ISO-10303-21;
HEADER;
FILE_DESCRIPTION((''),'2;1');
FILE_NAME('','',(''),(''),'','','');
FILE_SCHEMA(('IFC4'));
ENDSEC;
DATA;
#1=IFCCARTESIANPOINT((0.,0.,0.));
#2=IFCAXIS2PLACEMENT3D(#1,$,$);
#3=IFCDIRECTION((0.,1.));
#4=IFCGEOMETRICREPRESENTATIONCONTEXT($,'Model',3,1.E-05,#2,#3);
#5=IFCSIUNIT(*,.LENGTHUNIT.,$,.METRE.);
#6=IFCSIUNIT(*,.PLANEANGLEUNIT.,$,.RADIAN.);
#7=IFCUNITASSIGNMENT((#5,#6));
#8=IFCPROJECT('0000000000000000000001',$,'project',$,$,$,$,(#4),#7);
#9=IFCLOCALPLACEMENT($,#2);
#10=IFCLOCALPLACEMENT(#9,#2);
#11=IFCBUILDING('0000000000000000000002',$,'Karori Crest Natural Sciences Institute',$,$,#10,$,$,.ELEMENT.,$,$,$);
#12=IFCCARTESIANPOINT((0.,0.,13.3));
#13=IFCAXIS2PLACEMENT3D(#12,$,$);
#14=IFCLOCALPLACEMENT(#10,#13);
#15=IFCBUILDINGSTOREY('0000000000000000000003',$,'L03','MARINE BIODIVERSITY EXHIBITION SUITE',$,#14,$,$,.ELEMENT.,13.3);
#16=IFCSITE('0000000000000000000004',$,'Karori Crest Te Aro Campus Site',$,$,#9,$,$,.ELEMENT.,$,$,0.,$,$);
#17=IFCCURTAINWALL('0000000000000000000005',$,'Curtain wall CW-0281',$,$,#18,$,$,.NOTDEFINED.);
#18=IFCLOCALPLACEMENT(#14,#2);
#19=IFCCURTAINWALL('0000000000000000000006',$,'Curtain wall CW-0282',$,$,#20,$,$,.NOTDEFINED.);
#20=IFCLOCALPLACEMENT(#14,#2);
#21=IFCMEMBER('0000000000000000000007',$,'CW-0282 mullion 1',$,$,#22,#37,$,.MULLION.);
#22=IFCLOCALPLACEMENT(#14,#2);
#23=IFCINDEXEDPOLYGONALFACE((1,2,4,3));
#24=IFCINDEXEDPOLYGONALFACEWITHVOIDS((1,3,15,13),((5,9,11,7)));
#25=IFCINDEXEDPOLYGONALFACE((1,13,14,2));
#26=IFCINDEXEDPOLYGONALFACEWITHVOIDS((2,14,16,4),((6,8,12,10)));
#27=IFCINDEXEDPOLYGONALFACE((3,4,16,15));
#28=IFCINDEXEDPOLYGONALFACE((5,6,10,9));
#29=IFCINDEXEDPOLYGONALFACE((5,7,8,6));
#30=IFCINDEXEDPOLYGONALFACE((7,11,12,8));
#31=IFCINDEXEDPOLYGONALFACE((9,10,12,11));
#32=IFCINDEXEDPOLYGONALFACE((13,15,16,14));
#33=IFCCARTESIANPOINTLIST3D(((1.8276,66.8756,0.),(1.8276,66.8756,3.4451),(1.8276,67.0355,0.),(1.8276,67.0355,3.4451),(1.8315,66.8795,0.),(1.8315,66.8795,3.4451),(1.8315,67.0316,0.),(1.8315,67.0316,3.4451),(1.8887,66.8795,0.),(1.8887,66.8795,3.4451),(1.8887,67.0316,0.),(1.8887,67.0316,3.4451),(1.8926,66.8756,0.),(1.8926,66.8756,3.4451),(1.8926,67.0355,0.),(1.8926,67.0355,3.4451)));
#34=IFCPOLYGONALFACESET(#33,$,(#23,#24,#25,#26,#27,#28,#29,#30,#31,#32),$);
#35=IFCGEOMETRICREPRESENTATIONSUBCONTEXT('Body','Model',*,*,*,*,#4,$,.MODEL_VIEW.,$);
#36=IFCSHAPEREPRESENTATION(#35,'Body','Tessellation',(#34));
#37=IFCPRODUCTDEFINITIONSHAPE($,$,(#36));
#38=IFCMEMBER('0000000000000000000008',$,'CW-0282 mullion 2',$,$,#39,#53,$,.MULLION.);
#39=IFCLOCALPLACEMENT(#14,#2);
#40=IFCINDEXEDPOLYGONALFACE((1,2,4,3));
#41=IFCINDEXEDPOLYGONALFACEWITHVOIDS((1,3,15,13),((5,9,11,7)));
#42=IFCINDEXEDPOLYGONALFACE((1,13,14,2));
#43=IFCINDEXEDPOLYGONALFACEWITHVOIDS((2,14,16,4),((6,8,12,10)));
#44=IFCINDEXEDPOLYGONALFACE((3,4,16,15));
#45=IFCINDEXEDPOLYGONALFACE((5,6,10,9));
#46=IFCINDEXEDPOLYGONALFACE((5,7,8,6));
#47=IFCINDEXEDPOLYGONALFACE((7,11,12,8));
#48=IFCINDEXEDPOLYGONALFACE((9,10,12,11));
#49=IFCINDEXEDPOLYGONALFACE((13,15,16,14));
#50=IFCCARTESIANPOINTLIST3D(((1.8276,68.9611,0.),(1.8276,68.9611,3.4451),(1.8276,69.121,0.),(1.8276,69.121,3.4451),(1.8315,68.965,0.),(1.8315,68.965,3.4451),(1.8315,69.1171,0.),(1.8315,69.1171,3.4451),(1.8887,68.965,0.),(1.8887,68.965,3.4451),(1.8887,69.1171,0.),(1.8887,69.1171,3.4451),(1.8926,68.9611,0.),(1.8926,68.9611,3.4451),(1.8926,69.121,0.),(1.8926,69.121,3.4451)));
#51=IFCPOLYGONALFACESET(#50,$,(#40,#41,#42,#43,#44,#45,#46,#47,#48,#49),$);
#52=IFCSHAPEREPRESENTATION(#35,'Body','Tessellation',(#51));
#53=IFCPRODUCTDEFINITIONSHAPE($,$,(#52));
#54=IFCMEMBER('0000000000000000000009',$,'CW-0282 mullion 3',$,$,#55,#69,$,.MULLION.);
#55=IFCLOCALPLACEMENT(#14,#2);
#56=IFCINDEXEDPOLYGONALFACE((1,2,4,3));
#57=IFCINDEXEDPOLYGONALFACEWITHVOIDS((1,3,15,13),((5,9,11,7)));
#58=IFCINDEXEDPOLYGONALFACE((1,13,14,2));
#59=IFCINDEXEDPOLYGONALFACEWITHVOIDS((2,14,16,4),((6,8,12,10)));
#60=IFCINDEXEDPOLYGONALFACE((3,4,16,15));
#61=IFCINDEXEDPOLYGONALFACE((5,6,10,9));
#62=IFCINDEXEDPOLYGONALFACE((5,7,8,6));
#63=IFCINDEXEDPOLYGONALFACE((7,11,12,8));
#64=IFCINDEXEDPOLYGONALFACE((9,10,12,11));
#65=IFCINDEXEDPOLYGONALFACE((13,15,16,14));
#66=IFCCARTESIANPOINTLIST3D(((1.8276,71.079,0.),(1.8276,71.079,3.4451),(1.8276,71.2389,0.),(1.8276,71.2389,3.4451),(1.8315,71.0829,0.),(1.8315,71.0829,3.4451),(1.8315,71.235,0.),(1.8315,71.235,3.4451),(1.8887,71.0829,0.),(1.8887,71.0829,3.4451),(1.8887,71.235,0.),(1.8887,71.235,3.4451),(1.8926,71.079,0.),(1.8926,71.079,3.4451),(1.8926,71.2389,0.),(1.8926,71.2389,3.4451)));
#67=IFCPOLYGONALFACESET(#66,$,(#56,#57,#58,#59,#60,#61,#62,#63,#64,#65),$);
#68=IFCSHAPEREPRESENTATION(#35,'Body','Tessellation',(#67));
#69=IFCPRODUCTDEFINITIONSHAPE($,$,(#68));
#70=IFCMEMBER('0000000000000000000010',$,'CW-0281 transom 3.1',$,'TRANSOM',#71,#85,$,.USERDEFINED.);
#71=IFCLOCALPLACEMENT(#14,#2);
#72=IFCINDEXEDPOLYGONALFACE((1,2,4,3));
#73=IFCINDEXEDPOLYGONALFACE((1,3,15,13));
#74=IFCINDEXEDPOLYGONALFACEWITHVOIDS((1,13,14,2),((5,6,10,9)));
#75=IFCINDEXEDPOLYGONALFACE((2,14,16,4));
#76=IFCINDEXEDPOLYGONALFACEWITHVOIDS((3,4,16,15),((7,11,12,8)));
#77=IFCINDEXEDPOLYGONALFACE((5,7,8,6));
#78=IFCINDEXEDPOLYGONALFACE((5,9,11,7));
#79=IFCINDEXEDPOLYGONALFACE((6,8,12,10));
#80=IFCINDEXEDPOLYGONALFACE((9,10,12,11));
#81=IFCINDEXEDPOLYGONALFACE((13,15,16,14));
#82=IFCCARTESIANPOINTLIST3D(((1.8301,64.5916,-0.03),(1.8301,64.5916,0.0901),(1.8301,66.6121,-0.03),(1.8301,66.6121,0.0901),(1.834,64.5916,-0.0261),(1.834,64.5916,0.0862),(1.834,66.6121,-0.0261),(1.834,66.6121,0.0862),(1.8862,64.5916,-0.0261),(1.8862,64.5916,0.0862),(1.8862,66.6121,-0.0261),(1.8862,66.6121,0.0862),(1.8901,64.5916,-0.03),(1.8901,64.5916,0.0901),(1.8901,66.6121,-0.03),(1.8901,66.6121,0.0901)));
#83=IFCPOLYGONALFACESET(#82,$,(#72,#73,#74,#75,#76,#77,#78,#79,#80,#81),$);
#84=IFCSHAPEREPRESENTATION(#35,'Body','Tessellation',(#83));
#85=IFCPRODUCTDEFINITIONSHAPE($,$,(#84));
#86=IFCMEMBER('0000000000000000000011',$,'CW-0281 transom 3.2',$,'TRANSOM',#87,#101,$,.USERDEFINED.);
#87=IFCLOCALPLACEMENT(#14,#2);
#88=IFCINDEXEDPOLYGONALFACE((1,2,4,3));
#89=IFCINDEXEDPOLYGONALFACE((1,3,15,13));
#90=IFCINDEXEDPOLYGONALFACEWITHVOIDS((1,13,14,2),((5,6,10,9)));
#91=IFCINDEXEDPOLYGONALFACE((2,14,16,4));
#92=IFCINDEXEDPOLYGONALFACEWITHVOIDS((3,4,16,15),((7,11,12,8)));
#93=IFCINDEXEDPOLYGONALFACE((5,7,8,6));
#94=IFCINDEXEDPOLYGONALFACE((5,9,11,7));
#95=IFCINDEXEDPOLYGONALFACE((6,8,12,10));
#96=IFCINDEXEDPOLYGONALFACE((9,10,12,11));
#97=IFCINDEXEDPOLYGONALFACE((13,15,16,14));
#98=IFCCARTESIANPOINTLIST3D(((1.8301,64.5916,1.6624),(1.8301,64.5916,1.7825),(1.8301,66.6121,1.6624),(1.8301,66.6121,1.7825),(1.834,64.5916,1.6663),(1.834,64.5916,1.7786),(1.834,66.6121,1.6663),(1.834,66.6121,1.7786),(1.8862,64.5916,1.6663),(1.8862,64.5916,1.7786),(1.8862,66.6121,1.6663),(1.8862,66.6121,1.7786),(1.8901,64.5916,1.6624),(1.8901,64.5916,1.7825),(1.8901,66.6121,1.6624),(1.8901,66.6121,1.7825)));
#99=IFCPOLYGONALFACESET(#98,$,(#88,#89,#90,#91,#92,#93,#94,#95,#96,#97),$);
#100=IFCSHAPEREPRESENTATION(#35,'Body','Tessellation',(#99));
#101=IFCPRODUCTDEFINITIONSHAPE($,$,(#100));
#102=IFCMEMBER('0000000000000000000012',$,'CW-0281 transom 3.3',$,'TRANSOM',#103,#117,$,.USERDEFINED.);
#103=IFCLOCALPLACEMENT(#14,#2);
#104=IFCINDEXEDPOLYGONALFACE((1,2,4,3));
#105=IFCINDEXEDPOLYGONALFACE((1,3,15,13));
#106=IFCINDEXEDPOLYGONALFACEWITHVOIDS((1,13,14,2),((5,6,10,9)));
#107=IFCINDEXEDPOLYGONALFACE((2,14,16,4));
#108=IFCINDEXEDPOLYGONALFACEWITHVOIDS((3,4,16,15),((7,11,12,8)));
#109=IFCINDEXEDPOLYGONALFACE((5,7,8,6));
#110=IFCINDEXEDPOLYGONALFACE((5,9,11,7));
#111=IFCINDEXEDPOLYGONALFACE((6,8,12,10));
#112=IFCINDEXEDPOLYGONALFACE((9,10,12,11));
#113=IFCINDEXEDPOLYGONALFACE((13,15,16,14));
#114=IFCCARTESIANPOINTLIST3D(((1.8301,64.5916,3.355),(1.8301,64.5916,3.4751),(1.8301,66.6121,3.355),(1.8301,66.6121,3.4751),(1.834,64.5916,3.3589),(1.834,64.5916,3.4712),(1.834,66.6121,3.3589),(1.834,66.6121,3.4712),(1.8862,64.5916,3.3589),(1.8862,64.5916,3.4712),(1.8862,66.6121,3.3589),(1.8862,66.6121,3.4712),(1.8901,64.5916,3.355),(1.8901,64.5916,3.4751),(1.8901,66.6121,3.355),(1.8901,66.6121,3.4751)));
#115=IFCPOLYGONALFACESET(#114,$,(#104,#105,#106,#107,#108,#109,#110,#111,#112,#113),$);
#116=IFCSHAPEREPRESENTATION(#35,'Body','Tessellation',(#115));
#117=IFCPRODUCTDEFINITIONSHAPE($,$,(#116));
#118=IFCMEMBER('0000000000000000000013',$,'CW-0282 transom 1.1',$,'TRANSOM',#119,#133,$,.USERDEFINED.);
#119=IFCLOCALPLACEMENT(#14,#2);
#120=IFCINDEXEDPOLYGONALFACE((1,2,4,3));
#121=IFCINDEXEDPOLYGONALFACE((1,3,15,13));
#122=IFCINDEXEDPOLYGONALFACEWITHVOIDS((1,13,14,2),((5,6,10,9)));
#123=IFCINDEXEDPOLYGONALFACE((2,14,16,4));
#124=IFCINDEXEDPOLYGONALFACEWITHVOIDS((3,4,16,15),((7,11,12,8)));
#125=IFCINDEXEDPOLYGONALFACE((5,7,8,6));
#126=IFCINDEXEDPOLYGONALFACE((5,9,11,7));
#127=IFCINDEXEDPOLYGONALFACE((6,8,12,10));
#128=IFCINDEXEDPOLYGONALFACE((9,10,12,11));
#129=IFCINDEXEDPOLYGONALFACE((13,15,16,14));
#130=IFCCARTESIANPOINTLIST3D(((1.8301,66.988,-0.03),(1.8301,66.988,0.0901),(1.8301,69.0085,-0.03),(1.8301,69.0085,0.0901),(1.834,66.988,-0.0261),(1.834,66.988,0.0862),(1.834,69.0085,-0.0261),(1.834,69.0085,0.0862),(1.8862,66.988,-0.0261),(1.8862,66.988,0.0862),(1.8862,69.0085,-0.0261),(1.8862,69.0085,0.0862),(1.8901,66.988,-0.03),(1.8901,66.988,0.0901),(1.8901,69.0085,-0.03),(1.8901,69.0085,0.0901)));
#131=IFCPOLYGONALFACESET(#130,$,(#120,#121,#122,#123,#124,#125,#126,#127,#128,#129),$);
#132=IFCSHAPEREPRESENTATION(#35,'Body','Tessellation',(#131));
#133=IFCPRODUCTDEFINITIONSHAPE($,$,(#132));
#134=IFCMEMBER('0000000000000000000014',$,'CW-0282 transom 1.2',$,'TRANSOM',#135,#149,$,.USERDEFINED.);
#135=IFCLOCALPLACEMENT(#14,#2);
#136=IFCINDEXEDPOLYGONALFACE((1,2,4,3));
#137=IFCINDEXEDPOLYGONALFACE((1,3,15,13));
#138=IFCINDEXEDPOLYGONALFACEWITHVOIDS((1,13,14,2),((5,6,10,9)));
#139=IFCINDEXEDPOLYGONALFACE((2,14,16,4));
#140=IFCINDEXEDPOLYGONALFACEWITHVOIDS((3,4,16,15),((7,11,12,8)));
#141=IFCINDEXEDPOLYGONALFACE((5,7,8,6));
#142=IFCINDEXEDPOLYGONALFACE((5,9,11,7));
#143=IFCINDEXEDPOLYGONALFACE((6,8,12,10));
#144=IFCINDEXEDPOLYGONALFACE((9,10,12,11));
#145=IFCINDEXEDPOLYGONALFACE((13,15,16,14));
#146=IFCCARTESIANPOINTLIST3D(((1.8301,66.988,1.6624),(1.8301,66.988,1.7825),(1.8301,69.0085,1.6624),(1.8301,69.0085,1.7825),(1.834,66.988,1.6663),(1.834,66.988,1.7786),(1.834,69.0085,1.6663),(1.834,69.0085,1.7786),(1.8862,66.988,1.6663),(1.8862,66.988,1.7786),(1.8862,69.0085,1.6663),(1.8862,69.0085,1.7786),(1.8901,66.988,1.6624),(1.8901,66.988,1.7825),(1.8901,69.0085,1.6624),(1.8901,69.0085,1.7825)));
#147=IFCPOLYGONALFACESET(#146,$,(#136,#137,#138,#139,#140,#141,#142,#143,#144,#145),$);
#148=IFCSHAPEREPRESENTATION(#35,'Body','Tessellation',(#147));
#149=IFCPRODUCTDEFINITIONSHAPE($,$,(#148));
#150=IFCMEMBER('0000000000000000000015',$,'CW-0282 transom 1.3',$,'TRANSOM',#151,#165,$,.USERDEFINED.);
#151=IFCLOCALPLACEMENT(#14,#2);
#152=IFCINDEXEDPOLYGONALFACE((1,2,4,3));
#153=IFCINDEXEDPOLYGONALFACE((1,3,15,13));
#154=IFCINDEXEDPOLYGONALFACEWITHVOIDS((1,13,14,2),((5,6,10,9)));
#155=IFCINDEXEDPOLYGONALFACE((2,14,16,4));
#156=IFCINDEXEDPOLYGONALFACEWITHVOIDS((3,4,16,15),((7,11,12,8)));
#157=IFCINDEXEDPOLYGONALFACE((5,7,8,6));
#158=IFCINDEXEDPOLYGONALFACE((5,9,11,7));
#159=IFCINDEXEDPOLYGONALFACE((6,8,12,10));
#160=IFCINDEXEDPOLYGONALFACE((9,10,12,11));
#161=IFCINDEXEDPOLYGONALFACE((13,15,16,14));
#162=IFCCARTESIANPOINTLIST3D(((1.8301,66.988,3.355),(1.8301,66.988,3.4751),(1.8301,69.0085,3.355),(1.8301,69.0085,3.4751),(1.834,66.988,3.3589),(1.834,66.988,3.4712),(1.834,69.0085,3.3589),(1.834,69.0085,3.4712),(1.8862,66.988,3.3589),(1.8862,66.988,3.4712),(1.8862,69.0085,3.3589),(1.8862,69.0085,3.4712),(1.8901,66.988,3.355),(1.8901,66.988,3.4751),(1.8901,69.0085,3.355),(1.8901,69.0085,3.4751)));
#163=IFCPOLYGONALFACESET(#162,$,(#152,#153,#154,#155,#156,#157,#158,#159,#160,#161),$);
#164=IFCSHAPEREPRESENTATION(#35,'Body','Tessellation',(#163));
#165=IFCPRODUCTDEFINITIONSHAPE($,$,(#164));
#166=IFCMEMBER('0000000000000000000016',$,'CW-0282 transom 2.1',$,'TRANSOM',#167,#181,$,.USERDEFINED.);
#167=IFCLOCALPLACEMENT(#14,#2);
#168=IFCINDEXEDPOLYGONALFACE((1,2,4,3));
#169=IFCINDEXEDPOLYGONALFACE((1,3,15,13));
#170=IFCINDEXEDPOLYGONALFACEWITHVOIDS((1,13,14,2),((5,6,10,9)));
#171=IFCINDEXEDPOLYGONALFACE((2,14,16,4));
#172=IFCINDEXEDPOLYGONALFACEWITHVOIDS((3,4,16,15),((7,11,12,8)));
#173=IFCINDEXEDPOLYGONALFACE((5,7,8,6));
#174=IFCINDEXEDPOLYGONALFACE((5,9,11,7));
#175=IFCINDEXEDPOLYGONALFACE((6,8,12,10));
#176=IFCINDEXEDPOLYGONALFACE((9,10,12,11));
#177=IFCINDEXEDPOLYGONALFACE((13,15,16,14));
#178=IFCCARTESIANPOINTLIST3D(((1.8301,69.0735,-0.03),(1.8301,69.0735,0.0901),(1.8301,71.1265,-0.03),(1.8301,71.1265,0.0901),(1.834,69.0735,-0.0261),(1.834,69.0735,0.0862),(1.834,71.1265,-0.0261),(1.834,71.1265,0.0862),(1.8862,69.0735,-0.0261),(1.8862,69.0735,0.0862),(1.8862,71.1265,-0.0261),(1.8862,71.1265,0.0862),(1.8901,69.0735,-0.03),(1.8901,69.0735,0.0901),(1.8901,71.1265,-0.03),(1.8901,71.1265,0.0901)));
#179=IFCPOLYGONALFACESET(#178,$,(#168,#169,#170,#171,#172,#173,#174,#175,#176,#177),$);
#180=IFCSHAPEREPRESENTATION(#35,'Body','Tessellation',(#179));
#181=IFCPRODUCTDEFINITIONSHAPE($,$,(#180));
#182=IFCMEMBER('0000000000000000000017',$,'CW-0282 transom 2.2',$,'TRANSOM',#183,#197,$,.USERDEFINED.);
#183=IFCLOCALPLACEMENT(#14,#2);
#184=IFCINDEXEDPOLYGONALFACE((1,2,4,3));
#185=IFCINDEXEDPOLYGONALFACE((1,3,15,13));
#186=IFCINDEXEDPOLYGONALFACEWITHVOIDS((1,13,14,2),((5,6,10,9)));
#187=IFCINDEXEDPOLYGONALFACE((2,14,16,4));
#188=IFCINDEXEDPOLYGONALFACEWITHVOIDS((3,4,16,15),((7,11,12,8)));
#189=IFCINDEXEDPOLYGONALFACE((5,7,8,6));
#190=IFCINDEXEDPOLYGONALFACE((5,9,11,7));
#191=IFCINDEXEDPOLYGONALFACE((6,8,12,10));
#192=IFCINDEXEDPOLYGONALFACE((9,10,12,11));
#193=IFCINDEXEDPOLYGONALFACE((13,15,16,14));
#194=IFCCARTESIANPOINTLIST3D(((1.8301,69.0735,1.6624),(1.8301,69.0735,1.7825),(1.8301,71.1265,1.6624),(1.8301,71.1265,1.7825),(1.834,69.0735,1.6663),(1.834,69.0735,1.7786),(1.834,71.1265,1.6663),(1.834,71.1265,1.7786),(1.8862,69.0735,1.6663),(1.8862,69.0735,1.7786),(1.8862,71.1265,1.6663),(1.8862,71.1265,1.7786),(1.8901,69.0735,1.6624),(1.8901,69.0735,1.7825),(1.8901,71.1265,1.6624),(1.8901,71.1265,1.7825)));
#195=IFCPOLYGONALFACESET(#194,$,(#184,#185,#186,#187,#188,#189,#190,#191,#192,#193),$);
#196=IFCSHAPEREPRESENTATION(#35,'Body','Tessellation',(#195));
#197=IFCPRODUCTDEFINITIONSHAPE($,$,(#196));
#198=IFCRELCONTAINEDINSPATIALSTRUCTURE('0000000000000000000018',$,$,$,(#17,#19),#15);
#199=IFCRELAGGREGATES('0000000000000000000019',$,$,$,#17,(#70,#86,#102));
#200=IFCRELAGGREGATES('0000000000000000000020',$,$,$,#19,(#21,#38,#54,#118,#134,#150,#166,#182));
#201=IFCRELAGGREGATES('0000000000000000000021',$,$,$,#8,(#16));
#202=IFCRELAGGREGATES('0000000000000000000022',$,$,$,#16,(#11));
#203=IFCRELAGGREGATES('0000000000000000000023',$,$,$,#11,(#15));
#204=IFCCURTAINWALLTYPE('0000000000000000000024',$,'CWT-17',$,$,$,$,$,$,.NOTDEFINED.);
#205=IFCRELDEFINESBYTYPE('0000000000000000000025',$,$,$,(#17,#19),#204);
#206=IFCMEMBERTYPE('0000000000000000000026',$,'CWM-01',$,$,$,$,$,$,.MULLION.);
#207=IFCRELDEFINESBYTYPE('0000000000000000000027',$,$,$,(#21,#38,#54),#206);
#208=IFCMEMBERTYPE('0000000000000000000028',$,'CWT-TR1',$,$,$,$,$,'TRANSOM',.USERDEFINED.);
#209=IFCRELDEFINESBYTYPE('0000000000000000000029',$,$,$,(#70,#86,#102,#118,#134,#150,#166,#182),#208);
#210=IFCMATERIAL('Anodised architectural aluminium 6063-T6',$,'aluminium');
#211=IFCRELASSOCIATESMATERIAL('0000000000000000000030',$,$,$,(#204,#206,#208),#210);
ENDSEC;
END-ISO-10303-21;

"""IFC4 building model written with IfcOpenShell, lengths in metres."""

from ifc_helpers import new_model, si_unit, direction, frame, origin, origin_2d, place, context, subcontext, project, spatial, hollow_rectangle, extrude, material, material_profile, profile_set, type_object, element, aggregate, save


model = new_model("IFC4")

# Units and contexts
model_context = context("Model", 3, precision=1e-05, world=origin(), true_north=direction((0.0, 1.0)))
body_context = subcontext(model_context, "Body", "Model", "MODEL_VIEW")
ifc_project = project(units=[si_unit("LENGTHUNIT", "METRE"), si_unit("PLANEANGLEUNIT", "RADIAN")], contexts=[model_context])

# Site, building, storey
site_placement = place(None, origin())
site = spatial("IfcSite", under=ifc_project, at=site_placement, Name="Karori Crest Te Aro Campus Site", CompositionType="ELEMENT", RefElevation=0.0)
building_placement = place(site_placement, origin())
building = spatial("IfcBuilding", under=site, at=building_placement, Name="Karori Crest Natural Sciences Institute", CompositionType="ELEMENT")
storey_placement = place(building_placement, frame((0.0, 0.0, 13.3)))
storey = spatial("IfcBuildingStorey", under=building, at=storey_placement, Name="L03", Description="MARINE BIODIVERSITY EXHIBITION SUITE", CompositionType="ELEMENT", Elevation=13.3)

# Curtain walls, members
ifc_material_1 = material(Name="Anodised architectural aluminium 6063-T6", Category="aluminium")
curtain_wall_type = type_object("IfcCurtainWallType", Name="CWT-17", PredefinedType="NOTDEFINED", material=ifc_material_1)
curtain_wall_1_placement = place(storey_placement, origin())
curtain_wall_1 = element("IfcCurtainWall", 1, at=curtain_wall_1_placement, inside=storey, type_object=curtain_wall_type, Name="Curtain wall CW-0281", PredefinedType="NOTDEFINED")
ifc_material_profile_1 = material_profile(ifc_material_1, hollow_rectangle(XDim=0.0649, YDim=0.1599, WallThickness=0.0039, at=origin_2d()), Name="CWM160x65x4")
ifc_profile_set_1 = profile_set([ifc_material_profile_1], Name="Anodised architectural aluminium 6063-T6")
member_type_1 = type_object("IfcMemberType", Name="CWM-01", PredefinedType="MULLION", material=ifc_profile_set_1)
curtain_wall_2_placement = place(storey_placement, origin())
curtain_wall_2 = element("IfcCurtainWall", 2, at=curtain_wall_2_placement, inside=storey, type_object=curtain_wall_type, Name="Curtain wall CW-0282", PredefinedType="NOTDEFINED")
member_1_placement = place(storey_placement, frame((1.8601, 66.9556, 0.0), z_axis=(0.0, 0.0, 1.0), x_axis=(-1.0, 0.0, 0.0)))
member_1 = element("IfcMember", 3, at=member_1_placement, type_object=member_type_1, Name="CW-0282 mullion 1", PredefinedType="MULLION", context=body_context, shape_type="SweptSolid", body=[
    extrude(hollow_rectangle(XDim=0.0649, YDim=0.1599, WallThickness=0.0039, at=origin_2d()), origin(), (0.0, 0.0, 1.0), 3.4451),
])
member_2_placement = place(storey_placement, frame((1.8601, 69.041, 0.0), z_axis=(0.0, 0.0, 1.0), x_axis=(-1.0, 0.0, 0.0)))
member_2 = element("IfcMember", 4, at=member_2_placement, type_object=member_type_1, Name="CW-0282 mullion 2", PredefinedType="MULLION", context=body_context, shape_type="SweptSolid", body=[
    extrude(hollow_rectangle(XDim=0.0649, YDim=0.1599, WallThickness=0.0039, at=origin_2d()), origin(), (0.0, 0.0, 1.0), 3.4451),
])
member_3_placement = place(storey_placement, frame((1.8601, 71.1589, 0.0), z_axis=(0.0, 0.0, 1.0), x_axis=(-1.0, 0.0, 0.0)))
member_3 = element("IfcMember", 5, at=member_3_placement, type_object=member_type_1, Name="CW-0282 mullion 3", PredefinedType="MULLION", context=body_context, shape_type="SweptSolid", body=[
    extrude(hollow_rectangle(XDim=0.0649, YDim=0.1599, WallThickness=0.0039, at=origin_2d()), origin(), (0.0, 0.0, 1.0), 3.4451),
])

# Members
ifc_material_profile_2 = material_profile(ifc_material_1, hollow_rectangle(XDim=0.0601, YDim=0.1201, WallThickness=0.0039, at=origin_2d()), Name="CWT120x60x4")
ifc_profile_set_2 = profile_set([ifc_material_profile_2], Name="Anodised architectural aluminium 6063-T6")
member_type_2 = type_object("IfcMemberType", Name="CWT-TR1", ElementType="TRANSOM", PredefinedType="USERDEFINED", material=ifc_profile_set_2)
member_4_placement = place(storey_placement, frame((1.8601, 64.5916, 0.03), z_axis=(0.0, 1.0, 0.0), x_axis=(-1.0, 0.0, 0.0)))
member_4 = element("IfcMember", 6, at=member_4_placement, type_object=member_type_2, Name="CW-0281 transom 3.1", ObjectType="TRANSOM", PredefinedType="USERDEFINED", context=body_context, shape_type="SweptSolid", body=[
    extrude(hollow_rectangle(XDim=0.0601, YDim=0.1201, WallThickness=0.0039, at=origin_2d()), origin(), (0.0, 0.0, 1.0), 2.0205),
])
member_5_placement = place(storey_placement, frame((1.8601, 64.5916, 1.7224), z_axis=(0.0, 1.0, 0.0), x_axis=(-1.0, 0.0, 0.0)))
member_5 = element("IfcMember", 7, at=member_5_placement, type_object=member_type_2, Name="CW-0281 transom 3.2", ObjectType="TRANSOM", PredefinedType="USERDEFINED", context=body_context, shape_type="SweptSolid", body=[
    extrude(hollow_rectangle(XDim=0.0601, YDim=0.1201, WallThickness=0.0039, at=origin_2d()), origin(), (0.0, 0.0, 1.0), 2.0205),
])
member_6_placement = place(storey_placement, frame((1.8601, 64.5916, 3.415), z_axis=(0.0, 1.0, 0.0), x_axis=(-1.0, 0.0, 0.0)))
member_6 = element("IfcMember", 8, at=member_6_placement, type_object=member_type_2, Name="CW-0281 transom 3.3", ObjectType="TRANSOM", PredefinedType="USERDEFINED", context=body_context, shape_type="SweptSolid", body=[
    extrude(hollow_rectangle(XDim=0.0601, YDim=0.1201, WallThickness=0.0039, at=origin_2d()), origin(), (0.0, 0.0, 1.0), 2.0205),
])
member_7_placement = place(storey_placement, frame((1.8601, 66.988, 0.03), z_axis=(0.0, 1.0, 0.0), x_axis=(-1.0, 0.0, 0.0)))
member_7 = element("IfcMember", 9, at=member_7_placement, type_object=member_type_2, Name="CW-0282 transom 1.1", ObjectType="TRANSOM", PredefinedType="USERDEFINED", context=body_context, shape_type="SweptSolid", body=[
    extrude(hollow_rectangle(XDim=0.0601, YDim=0.1201, WallThickness=0.0039, at=origin_2d()), origin(), (0.0, 0.0, 1.0), 2.0205),
])
member_8_placement = place(storey_placement, frame((1.8601, 66.988, 1.7224), z_axis=(0.0, 1.0, 0.0), x_axis=(-1.0, 0.0, 0.0)))
member_8 = element("IfcMember", 10, at=member_8_placement, type_object=member_type_2, Name="CW-0282 transom 1.2", ObjectType="TRANSOM", PredefinedType="USERDEFINED", context=body_context, shape_type="SweptSolid", body=[
    extrude(hollow_rectangle(XDim=0.0601, YDim=0.1201, WallThickness=0.0039, at=origin_2d()), origin(), (0.0, 0.0, 1.0), 2.0205),
])
member_9_placement = place(storey_placement, frame((1.8601, 66.988, 3.415), z_axis=(0.0, 1.0, 0.0), x_axis=(-1.0, 0.0, 0.0)))
member_9 = element("IfcMember", 11, at=member_9_placement, type_object=member_type_2, Name="CW-0282 transom 1.3", ObjectType="TRANSOM", PredefinedType="USERDEFINED", context=body_context, shape_type="SweptSolid", body=[
    extrude(hollow_rectangle(XDim=0.0601, YDim=0.1201, WallThickness=0.0039, at=origin_2d()), origin(), (0.0, 0.0, 1.0), 2.0205),
])
member_10_placement = place(storey_placement, frame((1.8601, 69.0735, 0.03), z_axis=(0.0, 1.0, 0.0), x_axis=(-1.0, 0.0, 0.0)))
member_10 = element("IfcMember", 12, at=member_10_placement, type_object=member_type_2, Name="CW-0282 transom 2.1", ObjectType="TRANSOM", PredefinedType="USERDEFINED", context=body_context, shape_type="SweptSolid", body=[
    extrude(hollow_rectangle(XDim=0.0601, YDim=0.1201, WallThickness=0.0039, at=origin_2d()), origin(), (0.0, 0.0, 1.0), 2.053),
])
member_11_placement = place(storey_placement, frame((1.8601, 69.0735, 1.7224), z_axis=(0.0, 1.0, 0.0), x_axis=(-1.0, 0.0, 0.0)))
member_11 = element("IfcMember", 13, at=member_11_placement, type_object=member_type_2, Name="CW-0282 transom 2.2", ObjectType="TRANSOM", PredefinedType="USERDEFINED", context=body_context, shape_type="SweptSolid", body=[
    extrude(hollow_rectangle(XDim=0.0601, YDim=0.1201, WallThickness=0.0039, at=origin_2d()), origin(), (0.0, 0.0, 1.0), 2.053),
])

aggregate(curtain_wall_1, [member_4, member_5, member_6])
aggregate(curtain_wall_2, [member_1, member_2, member_3, member_7, member_8, member_9, member_10, member_11])

save(model, "model.ifc")
